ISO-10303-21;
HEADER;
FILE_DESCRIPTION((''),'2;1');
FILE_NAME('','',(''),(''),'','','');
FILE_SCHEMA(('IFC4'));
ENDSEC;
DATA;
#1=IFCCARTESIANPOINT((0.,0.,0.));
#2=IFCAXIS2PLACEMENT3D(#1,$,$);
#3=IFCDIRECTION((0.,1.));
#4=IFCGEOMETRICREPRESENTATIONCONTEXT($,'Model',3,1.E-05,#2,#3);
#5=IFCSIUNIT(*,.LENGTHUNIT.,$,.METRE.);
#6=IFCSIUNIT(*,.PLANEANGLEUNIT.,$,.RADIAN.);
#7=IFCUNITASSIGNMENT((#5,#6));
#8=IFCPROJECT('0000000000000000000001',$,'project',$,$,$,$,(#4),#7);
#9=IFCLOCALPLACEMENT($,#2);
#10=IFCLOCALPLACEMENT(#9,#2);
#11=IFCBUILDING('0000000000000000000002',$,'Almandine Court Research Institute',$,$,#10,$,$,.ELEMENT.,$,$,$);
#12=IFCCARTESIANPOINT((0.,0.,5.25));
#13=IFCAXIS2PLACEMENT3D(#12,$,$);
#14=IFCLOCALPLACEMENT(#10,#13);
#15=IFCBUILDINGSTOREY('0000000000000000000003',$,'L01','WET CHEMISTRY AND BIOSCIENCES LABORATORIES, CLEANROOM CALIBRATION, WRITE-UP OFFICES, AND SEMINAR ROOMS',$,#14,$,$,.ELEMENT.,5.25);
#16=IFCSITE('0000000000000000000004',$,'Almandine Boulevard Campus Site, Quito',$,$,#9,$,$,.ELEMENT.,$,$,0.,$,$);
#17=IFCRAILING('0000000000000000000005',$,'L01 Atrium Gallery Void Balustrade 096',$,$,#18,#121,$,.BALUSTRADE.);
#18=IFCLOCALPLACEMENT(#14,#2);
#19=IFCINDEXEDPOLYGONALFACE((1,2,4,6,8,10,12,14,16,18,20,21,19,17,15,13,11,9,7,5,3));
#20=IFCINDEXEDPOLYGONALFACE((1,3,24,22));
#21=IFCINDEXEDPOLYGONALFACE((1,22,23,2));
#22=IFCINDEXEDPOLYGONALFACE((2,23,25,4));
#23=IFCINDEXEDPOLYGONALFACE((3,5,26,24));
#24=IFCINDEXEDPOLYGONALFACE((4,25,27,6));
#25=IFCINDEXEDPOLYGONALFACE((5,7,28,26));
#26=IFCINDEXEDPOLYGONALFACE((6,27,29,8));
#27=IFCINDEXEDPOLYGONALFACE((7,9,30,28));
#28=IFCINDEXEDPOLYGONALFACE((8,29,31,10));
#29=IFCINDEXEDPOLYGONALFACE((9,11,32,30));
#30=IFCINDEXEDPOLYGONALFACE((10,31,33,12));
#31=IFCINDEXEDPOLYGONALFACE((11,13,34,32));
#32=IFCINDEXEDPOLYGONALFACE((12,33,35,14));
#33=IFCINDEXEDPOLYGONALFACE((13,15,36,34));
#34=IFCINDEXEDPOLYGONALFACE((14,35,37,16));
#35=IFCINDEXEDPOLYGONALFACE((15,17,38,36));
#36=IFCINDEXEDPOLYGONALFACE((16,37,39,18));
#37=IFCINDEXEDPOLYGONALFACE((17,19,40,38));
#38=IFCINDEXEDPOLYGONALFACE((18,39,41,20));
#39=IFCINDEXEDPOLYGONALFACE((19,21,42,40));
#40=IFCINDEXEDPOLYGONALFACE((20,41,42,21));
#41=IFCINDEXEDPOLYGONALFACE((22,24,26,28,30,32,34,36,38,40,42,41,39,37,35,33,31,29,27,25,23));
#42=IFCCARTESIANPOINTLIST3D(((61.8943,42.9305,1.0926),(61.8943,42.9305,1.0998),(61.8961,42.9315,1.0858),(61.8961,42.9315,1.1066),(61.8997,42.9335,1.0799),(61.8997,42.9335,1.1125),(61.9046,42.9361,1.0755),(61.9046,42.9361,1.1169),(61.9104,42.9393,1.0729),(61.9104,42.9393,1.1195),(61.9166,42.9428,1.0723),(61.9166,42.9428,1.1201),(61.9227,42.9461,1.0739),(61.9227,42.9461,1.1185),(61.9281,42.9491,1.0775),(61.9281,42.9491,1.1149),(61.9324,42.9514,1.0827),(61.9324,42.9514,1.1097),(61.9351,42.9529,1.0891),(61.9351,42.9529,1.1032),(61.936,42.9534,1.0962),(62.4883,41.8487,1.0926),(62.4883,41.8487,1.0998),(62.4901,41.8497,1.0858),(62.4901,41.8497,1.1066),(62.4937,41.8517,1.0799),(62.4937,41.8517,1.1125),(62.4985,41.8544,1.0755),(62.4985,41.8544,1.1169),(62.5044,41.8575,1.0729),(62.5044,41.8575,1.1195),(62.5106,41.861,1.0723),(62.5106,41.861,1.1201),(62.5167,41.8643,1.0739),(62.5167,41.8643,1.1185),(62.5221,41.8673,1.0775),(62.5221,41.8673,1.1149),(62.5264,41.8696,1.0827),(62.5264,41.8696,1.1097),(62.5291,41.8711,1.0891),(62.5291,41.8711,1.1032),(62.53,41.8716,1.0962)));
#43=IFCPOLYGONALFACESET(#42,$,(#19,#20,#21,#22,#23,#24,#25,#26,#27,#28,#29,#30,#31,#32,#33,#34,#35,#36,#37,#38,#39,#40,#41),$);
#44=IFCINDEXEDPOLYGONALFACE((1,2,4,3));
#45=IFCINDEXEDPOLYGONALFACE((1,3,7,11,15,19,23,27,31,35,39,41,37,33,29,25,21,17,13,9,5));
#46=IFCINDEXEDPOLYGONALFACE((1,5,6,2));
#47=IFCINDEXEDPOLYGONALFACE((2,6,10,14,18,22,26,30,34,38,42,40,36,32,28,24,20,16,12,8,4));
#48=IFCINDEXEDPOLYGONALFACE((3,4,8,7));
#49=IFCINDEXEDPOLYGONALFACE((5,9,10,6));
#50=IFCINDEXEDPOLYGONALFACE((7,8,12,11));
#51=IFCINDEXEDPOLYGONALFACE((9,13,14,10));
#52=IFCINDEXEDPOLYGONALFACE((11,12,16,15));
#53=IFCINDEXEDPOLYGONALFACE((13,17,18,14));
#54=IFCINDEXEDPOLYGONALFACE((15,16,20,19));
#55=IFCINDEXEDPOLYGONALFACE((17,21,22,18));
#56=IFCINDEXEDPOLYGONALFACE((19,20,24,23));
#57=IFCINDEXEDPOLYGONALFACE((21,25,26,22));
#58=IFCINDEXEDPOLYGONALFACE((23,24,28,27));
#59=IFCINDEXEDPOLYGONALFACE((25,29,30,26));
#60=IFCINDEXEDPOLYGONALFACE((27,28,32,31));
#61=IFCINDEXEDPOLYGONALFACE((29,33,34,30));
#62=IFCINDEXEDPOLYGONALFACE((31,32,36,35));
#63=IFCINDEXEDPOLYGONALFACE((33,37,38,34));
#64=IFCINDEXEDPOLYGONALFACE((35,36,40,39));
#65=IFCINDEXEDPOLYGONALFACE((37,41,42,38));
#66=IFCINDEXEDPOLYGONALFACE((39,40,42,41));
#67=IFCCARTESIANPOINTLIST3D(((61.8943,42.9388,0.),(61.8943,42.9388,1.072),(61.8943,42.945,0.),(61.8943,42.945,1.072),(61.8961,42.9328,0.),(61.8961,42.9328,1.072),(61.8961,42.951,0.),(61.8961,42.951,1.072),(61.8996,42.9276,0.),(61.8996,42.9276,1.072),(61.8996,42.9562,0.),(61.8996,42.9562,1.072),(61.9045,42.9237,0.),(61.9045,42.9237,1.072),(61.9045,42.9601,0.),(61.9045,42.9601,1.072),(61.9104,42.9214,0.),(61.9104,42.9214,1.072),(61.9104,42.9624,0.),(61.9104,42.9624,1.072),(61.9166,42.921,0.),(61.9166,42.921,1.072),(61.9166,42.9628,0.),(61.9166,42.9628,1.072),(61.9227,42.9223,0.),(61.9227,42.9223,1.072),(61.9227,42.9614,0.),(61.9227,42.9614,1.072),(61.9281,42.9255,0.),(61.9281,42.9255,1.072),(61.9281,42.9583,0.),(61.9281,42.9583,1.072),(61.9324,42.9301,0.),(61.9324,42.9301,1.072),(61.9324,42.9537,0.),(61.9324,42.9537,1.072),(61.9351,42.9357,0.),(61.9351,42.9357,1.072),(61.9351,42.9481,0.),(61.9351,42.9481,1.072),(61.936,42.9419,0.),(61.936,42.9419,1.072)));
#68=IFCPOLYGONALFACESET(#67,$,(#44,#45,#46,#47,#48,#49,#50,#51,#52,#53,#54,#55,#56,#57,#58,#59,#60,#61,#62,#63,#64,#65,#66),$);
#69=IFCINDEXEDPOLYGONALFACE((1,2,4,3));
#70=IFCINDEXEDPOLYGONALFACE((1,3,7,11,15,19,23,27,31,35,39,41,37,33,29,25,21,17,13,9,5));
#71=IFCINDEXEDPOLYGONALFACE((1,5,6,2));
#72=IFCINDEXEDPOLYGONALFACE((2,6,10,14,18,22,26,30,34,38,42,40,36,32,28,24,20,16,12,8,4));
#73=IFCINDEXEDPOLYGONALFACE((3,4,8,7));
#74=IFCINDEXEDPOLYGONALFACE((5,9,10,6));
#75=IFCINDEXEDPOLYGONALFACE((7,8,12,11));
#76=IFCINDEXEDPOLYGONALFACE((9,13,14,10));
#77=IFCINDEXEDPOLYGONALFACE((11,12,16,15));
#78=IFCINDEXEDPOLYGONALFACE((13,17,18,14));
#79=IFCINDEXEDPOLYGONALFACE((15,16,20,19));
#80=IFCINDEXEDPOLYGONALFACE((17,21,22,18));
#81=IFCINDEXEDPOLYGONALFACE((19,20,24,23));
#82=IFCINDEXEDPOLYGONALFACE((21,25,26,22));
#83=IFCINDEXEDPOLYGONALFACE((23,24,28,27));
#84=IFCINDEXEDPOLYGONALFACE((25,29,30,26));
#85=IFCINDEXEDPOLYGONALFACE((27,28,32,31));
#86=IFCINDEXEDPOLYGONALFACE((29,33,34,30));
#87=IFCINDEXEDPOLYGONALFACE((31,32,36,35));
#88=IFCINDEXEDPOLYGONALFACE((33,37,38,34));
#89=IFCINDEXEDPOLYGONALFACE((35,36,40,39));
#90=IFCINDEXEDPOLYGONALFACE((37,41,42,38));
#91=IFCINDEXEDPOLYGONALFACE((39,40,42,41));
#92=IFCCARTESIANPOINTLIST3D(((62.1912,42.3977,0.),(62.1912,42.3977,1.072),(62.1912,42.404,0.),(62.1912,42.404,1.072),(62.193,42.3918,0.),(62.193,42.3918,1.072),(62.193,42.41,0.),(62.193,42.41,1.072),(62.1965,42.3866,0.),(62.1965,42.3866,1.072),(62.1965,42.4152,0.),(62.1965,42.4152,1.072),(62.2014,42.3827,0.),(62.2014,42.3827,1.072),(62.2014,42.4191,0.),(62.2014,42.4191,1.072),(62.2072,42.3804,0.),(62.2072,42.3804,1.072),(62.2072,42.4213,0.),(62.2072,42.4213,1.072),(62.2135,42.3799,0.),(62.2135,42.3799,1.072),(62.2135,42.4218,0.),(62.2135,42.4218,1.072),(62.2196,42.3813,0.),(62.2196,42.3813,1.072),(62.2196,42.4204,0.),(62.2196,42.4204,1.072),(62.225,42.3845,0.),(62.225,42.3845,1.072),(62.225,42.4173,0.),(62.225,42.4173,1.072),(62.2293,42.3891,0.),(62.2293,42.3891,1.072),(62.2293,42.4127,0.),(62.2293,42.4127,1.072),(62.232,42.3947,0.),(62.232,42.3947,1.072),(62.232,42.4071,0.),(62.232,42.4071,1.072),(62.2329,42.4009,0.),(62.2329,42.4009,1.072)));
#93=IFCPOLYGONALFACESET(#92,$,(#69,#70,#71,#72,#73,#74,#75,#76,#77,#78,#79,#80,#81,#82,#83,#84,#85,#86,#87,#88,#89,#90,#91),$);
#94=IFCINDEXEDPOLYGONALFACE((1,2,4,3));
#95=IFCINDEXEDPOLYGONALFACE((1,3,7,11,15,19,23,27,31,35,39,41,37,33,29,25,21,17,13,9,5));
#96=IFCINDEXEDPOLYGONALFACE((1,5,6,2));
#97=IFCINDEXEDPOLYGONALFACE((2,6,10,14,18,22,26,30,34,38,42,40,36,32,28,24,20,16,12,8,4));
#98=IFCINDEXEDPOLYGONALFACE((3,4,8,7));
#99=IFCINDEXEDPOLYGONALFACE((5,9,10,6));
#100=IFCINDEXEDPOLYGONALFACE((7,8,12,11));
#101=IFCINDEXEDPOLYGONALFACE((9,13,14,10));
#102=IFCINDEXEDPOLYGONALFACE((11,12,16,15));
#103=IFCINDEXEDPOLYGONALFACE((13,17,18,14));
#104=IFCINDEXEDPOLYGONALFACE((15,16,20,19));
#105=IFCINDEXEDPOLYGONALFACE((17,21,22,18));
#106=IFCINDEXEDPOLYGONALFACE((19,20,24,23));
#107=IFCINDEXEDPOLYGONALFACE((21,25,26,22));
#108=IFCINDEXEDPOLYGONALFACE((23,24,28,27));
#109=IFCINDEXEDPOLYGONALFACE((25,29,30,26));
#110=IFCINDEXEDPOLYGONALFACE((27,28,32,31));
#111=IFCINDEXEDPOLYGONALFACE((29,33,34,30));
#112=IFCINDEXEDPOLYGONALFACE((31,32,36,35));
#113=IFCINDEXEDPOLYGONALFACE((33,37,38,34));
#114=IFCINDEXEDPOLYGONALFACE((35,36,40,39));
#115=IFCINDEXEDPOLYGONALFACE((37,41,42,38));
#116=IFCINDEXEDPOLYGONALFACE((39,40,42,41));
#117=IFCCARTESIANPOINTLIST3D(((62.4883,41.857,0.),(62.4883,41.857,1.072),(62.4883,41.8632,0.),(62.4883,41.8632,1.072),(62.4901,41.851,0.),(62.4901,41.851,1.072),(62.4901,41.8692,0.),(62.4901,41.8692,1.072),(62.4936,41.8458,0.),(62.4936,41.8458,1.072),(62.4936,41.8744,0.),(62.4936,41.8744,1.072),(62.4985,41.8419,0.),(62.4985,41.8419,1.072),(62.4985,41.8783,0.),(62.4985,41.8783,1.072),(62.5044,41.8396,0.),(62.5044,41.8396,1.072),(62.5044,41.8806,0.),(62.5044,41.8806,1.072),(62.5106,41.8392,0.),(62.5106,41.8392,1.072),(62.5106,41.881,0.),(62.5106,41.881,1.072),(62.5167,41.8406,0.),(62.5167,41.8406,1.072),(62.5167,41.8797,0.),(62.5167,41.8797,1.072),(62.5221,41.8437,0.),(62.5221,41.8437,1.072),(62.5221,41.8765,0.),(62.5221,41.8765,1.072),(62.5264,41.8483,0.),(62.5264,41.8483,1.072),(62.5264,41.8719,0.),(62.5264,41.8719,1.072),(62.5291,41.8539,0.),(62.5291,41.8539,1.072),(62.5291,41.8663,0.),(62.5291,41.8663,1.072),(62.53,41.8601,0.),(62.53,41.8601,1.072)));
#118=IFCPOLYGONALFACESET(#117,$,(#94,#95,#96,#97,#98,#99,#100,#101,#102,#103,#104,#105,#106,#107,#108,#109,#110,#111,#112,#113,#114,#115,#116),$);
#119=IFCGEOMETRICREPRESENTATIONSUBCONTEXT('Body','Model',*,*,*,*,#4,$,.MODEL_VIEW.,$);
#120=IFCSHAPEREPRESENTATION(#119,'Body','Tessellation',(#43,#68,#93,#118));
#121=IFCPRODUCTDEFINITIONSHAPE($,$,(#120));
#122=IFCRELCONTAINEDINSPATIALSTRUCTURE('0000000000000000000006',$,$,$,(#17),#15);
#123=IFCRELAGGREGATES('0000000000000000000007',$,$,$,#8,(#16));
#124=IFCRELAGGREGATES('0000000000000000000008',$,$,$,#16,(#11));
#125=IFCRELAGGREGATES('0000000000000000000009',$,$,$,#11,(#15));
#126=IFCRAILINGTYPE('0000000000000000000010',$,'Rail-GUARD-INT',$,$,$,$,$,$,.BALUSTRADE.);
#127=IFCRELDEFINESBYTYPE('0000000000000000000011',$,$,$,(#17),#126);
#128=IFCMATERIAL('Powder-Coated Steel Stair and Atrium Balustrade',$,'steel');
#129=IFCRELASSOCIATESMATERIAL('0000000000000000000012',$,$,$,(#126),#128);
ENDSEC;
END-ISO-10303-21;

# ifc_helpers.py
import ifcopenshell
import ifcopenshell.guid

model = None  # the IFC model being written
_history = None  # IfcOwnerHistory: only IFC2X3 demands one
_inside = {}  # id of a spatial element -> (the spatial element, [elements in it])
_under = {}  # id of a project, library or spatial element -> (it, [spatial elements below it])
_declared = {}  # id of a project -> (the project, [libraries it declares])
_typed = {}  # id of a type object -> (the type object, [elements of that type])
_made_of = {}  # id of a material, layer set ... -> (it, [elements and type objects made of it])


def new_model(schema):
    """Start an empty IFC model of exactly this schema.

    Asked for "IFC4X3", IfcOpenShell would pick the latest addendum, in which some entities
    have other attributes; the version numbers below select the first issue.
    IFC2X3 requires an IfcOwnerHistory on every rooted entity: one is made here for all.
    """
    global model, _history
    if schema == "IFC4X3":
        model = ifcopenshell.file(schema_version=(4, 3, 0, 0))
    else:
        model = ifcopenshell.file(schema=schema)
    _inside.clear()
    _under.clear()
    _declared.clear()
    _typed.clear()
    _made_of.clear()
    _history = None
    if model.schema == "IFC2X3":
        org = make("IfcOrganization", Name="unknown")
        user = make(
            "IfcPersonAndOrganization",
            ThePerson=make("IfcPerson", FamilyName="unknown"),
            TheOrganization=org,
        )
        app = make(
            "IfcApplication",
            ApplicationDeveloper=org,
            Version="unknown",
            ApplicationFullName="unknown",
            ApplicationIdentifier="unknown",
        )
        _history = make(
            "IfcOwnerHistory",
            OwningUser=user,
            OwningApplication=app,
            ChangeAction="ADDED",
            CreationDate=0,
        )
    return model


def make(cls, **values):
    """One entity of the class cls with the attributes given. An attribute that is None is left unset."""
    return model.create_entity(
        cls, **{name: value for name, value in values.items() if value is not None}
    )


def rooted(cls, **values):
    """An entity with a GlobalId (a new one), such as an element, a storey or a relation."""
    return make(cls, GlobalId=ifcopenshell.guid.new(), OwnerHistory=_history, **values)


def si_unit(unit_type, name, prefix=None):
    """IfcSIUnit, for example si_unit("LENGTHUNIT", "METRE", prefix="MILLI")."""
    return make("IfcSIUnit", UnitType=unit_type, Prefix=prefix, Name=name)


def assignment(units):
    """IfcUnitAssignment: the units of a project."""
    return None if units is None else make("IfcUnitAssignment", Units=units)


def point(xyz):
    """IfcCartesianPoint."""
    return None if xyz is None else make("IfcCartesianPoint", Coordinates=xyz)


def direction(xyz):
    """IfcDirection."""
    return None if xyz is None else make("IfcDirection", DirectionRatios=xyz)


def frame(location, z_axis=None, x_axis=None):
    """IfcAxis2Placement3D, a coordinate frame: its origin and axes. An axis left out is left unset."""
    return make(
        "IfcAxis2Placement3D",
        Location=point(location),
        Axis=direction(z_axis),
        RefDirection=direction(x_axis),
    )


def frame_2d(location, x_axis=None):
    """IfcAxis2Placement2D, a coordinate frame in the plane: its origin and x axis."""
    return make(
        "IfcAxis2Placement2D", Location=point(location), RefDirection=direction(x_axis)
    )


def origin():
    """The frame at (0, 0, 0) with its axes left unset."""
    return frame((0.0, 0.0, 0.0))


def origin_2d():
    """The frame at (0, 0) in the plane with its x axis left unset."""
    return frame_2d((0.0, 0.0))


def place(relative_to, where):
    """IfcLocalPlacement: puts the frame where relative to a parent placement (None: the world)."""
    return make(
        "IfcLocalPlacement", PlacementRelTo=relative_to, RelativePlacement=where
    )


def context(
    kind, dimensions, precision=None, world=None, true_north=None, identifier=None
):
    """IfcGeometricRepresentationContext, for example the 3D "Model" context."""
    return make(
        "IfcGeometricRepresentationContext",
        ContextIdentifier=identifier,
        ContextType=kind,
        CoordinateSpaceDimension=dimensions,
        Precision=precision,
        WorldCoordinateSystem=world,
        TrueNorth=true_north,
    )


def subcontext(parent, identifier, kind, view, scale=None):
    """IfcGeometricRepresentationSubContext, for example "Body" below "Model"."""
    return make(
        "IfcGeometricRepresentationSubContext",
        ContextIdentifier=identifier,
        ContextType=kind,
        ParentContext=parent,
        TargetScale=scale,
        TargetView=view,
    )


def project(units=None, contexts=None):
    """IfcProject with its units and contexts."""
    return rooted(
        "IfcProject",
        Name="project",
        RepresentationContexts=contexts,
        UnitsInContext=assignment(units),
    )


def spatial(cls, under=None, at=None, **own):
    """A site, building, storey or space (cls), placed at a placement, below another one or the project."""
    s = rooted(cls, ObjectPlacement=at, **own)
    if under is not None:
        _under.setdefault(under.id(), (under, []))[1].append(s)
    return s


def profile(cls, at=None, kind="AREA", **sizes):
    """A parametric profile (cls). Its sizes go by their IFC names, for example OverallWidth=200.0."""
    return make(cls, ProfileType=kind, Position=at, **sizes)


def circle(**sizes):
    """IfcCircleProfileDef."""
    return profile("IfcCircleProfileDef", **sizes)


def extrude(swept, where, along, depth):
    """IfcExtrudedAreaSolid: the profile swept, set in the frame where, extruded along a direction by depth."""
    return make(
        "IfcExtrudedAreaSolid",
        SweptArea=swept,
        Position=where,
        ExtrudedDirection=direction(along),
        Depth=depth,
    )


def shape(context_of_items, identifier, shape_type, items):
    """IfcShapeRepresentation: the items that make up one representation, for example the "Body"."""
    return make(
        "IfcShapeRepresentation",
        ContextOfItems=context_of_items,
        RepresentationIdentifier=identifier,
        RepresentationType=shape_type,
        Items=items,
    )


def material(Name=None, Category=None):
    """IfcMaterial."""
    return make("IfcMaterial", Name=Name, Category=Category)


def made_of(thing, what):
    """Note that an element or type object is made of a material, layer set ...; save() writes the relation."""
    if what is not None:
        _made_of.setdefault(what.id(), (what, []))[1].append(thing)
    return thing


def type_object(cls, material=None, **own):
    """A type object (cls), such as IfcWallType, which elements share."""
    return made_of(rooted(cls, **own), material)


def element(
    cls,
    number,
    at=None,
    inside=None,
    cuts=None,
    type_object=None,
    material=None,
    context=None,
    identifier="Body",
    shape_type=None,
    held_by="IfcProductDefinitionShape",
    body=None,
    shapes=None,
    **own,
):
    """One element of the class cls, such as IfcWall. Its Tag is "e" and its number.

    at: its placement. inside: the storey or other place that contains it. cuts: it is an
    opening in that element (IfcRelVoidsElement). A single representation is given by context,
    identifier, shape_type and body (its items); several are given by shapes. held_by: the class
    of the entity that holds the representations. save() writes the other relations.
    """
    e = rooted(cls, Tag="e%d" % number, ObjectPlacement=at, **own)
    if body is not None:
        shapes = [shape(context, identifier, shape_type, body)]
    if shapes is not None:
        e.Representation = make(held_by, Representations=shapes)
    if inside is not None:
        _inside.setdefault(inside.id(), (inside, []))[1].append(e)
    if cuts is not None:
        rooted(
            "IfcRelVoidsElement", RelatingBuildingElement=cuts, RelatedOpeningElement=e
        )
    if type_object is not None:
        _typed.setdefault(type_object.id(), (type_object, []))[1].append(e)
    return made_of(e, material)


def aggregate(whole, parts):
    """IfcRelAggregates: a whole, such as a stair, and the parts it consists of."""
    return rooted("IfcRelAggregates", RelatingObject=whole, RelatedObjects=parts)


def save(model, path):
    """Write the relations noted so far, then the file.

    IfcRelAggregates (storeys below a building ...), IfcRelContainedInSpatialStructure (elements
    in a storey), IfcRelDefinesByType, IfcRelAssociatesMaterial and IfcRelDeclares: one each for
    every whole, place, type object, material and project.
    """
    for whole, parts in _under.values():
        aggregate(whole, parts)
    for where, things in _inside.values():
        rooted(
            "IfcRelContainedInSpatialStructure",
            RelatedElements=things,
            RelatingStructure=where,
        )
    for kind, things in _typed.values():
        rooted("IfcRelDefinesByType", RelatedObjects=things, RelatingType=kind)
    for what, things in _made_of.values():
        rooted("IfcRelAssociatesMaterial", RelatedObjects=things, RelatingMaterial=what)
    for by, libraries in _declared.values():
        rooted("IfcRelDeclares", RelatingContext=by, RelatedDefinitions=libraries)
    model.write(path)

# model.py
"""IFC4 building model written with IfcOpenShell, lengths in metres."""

from ifc_helpers import new_model, si_unit, direction, frame, origin, origin_2d, place, context, subcontext, project, spatial, circle, extrude, material, type_object, element, save


model = new_model("IFC4")

# Units and contexts
model_context = context("Model", 3, precision=1e-05, world=origin(), true_north=direction((0.0, 1.0)))
body_context = subcontext(model_context, "Body", "Model", "MODEL_VIEW")
ifc_project = project(units=[si_unit("LENGTHUNIT", "METRE"), si_unit("PLANEANGLEUNIT", "RADIAN")], contexts=[model_context])

# Site, building, storey
site_placement = place(None, origin())
site = spatial("IfcSite", under=ifc_project, at=site_placement, Name="Almandine Boulevard Campus Site, Quito", CompositionType="ELEMENT", RefElevation=0.0)
building_placement = place(site_placement, origin())
building = spatial("IfcBuilding", under=site, at=building_placement, Name="Almandine Court Research Institute", CompositionType="ELEMENT")
storey_placement = place(building_placement, frame((0.0, 0.0, 5.25)))
storey = spatial("IfcBuildingStorey", under=building, at=storey_placement, Name="L01", Description="WET CHEMISTRY AND BIOSCIENCES LABORATORIES, CLEANROOM CALIBRATION, WRITE-UP OFFICES, AND SEMINAR ROOMS", CompositionType="ELEMENT", Elevation=5.25)

# Railing
ifc_material_1 = material(Name="Powder-Coated Steel Stair and Atrium Balustrade", Category="steel")
railing_type = type_object("IfcRailingType", Name="Rail-GUARD-INT", PredefinedType="BALUSTRADE", material=ifc_material_1)
railing_1_placement = place(storey_placement, frame((61.915, 42.9419, 0.0)))
element("IfcRailing", 1, at=railing_1_placement, inside=storey, type_object=railing_type, Name="L01 Atrium Gallery Void Balustrade 096", PredefinedType="BALUSTRADE", context=body_context, shape_type="SweptSolid", body=[
    extrude(circle(Radius=0.0239, at=origin_2d()), frame((0.0, 0.0, 1.0962), z_axis=(0.481304, -0.876554, 0.0), x_axis=(0.876554, 0.481304, 0.0)), (0.0, 0.0, 1.0), 1.2341),
    extrude(circle(Radius=0.021, at=origin_2d()), origin(), (0.0, 0.0, 1.0), 1.072),
    extrude(circle(Radius=0.021, at=origin_2d()), frame((0.2969, -0.541, 0.0)), (0.0, 0.0, 1.0), 1.072),
    extrude(circle(Radius=0.021, at=origin_2d()), frame((0.594, -1.0818, 0.0)), (0.0, 0.0, 1.0), 1.072),
])

save(model, "model.ifc")
